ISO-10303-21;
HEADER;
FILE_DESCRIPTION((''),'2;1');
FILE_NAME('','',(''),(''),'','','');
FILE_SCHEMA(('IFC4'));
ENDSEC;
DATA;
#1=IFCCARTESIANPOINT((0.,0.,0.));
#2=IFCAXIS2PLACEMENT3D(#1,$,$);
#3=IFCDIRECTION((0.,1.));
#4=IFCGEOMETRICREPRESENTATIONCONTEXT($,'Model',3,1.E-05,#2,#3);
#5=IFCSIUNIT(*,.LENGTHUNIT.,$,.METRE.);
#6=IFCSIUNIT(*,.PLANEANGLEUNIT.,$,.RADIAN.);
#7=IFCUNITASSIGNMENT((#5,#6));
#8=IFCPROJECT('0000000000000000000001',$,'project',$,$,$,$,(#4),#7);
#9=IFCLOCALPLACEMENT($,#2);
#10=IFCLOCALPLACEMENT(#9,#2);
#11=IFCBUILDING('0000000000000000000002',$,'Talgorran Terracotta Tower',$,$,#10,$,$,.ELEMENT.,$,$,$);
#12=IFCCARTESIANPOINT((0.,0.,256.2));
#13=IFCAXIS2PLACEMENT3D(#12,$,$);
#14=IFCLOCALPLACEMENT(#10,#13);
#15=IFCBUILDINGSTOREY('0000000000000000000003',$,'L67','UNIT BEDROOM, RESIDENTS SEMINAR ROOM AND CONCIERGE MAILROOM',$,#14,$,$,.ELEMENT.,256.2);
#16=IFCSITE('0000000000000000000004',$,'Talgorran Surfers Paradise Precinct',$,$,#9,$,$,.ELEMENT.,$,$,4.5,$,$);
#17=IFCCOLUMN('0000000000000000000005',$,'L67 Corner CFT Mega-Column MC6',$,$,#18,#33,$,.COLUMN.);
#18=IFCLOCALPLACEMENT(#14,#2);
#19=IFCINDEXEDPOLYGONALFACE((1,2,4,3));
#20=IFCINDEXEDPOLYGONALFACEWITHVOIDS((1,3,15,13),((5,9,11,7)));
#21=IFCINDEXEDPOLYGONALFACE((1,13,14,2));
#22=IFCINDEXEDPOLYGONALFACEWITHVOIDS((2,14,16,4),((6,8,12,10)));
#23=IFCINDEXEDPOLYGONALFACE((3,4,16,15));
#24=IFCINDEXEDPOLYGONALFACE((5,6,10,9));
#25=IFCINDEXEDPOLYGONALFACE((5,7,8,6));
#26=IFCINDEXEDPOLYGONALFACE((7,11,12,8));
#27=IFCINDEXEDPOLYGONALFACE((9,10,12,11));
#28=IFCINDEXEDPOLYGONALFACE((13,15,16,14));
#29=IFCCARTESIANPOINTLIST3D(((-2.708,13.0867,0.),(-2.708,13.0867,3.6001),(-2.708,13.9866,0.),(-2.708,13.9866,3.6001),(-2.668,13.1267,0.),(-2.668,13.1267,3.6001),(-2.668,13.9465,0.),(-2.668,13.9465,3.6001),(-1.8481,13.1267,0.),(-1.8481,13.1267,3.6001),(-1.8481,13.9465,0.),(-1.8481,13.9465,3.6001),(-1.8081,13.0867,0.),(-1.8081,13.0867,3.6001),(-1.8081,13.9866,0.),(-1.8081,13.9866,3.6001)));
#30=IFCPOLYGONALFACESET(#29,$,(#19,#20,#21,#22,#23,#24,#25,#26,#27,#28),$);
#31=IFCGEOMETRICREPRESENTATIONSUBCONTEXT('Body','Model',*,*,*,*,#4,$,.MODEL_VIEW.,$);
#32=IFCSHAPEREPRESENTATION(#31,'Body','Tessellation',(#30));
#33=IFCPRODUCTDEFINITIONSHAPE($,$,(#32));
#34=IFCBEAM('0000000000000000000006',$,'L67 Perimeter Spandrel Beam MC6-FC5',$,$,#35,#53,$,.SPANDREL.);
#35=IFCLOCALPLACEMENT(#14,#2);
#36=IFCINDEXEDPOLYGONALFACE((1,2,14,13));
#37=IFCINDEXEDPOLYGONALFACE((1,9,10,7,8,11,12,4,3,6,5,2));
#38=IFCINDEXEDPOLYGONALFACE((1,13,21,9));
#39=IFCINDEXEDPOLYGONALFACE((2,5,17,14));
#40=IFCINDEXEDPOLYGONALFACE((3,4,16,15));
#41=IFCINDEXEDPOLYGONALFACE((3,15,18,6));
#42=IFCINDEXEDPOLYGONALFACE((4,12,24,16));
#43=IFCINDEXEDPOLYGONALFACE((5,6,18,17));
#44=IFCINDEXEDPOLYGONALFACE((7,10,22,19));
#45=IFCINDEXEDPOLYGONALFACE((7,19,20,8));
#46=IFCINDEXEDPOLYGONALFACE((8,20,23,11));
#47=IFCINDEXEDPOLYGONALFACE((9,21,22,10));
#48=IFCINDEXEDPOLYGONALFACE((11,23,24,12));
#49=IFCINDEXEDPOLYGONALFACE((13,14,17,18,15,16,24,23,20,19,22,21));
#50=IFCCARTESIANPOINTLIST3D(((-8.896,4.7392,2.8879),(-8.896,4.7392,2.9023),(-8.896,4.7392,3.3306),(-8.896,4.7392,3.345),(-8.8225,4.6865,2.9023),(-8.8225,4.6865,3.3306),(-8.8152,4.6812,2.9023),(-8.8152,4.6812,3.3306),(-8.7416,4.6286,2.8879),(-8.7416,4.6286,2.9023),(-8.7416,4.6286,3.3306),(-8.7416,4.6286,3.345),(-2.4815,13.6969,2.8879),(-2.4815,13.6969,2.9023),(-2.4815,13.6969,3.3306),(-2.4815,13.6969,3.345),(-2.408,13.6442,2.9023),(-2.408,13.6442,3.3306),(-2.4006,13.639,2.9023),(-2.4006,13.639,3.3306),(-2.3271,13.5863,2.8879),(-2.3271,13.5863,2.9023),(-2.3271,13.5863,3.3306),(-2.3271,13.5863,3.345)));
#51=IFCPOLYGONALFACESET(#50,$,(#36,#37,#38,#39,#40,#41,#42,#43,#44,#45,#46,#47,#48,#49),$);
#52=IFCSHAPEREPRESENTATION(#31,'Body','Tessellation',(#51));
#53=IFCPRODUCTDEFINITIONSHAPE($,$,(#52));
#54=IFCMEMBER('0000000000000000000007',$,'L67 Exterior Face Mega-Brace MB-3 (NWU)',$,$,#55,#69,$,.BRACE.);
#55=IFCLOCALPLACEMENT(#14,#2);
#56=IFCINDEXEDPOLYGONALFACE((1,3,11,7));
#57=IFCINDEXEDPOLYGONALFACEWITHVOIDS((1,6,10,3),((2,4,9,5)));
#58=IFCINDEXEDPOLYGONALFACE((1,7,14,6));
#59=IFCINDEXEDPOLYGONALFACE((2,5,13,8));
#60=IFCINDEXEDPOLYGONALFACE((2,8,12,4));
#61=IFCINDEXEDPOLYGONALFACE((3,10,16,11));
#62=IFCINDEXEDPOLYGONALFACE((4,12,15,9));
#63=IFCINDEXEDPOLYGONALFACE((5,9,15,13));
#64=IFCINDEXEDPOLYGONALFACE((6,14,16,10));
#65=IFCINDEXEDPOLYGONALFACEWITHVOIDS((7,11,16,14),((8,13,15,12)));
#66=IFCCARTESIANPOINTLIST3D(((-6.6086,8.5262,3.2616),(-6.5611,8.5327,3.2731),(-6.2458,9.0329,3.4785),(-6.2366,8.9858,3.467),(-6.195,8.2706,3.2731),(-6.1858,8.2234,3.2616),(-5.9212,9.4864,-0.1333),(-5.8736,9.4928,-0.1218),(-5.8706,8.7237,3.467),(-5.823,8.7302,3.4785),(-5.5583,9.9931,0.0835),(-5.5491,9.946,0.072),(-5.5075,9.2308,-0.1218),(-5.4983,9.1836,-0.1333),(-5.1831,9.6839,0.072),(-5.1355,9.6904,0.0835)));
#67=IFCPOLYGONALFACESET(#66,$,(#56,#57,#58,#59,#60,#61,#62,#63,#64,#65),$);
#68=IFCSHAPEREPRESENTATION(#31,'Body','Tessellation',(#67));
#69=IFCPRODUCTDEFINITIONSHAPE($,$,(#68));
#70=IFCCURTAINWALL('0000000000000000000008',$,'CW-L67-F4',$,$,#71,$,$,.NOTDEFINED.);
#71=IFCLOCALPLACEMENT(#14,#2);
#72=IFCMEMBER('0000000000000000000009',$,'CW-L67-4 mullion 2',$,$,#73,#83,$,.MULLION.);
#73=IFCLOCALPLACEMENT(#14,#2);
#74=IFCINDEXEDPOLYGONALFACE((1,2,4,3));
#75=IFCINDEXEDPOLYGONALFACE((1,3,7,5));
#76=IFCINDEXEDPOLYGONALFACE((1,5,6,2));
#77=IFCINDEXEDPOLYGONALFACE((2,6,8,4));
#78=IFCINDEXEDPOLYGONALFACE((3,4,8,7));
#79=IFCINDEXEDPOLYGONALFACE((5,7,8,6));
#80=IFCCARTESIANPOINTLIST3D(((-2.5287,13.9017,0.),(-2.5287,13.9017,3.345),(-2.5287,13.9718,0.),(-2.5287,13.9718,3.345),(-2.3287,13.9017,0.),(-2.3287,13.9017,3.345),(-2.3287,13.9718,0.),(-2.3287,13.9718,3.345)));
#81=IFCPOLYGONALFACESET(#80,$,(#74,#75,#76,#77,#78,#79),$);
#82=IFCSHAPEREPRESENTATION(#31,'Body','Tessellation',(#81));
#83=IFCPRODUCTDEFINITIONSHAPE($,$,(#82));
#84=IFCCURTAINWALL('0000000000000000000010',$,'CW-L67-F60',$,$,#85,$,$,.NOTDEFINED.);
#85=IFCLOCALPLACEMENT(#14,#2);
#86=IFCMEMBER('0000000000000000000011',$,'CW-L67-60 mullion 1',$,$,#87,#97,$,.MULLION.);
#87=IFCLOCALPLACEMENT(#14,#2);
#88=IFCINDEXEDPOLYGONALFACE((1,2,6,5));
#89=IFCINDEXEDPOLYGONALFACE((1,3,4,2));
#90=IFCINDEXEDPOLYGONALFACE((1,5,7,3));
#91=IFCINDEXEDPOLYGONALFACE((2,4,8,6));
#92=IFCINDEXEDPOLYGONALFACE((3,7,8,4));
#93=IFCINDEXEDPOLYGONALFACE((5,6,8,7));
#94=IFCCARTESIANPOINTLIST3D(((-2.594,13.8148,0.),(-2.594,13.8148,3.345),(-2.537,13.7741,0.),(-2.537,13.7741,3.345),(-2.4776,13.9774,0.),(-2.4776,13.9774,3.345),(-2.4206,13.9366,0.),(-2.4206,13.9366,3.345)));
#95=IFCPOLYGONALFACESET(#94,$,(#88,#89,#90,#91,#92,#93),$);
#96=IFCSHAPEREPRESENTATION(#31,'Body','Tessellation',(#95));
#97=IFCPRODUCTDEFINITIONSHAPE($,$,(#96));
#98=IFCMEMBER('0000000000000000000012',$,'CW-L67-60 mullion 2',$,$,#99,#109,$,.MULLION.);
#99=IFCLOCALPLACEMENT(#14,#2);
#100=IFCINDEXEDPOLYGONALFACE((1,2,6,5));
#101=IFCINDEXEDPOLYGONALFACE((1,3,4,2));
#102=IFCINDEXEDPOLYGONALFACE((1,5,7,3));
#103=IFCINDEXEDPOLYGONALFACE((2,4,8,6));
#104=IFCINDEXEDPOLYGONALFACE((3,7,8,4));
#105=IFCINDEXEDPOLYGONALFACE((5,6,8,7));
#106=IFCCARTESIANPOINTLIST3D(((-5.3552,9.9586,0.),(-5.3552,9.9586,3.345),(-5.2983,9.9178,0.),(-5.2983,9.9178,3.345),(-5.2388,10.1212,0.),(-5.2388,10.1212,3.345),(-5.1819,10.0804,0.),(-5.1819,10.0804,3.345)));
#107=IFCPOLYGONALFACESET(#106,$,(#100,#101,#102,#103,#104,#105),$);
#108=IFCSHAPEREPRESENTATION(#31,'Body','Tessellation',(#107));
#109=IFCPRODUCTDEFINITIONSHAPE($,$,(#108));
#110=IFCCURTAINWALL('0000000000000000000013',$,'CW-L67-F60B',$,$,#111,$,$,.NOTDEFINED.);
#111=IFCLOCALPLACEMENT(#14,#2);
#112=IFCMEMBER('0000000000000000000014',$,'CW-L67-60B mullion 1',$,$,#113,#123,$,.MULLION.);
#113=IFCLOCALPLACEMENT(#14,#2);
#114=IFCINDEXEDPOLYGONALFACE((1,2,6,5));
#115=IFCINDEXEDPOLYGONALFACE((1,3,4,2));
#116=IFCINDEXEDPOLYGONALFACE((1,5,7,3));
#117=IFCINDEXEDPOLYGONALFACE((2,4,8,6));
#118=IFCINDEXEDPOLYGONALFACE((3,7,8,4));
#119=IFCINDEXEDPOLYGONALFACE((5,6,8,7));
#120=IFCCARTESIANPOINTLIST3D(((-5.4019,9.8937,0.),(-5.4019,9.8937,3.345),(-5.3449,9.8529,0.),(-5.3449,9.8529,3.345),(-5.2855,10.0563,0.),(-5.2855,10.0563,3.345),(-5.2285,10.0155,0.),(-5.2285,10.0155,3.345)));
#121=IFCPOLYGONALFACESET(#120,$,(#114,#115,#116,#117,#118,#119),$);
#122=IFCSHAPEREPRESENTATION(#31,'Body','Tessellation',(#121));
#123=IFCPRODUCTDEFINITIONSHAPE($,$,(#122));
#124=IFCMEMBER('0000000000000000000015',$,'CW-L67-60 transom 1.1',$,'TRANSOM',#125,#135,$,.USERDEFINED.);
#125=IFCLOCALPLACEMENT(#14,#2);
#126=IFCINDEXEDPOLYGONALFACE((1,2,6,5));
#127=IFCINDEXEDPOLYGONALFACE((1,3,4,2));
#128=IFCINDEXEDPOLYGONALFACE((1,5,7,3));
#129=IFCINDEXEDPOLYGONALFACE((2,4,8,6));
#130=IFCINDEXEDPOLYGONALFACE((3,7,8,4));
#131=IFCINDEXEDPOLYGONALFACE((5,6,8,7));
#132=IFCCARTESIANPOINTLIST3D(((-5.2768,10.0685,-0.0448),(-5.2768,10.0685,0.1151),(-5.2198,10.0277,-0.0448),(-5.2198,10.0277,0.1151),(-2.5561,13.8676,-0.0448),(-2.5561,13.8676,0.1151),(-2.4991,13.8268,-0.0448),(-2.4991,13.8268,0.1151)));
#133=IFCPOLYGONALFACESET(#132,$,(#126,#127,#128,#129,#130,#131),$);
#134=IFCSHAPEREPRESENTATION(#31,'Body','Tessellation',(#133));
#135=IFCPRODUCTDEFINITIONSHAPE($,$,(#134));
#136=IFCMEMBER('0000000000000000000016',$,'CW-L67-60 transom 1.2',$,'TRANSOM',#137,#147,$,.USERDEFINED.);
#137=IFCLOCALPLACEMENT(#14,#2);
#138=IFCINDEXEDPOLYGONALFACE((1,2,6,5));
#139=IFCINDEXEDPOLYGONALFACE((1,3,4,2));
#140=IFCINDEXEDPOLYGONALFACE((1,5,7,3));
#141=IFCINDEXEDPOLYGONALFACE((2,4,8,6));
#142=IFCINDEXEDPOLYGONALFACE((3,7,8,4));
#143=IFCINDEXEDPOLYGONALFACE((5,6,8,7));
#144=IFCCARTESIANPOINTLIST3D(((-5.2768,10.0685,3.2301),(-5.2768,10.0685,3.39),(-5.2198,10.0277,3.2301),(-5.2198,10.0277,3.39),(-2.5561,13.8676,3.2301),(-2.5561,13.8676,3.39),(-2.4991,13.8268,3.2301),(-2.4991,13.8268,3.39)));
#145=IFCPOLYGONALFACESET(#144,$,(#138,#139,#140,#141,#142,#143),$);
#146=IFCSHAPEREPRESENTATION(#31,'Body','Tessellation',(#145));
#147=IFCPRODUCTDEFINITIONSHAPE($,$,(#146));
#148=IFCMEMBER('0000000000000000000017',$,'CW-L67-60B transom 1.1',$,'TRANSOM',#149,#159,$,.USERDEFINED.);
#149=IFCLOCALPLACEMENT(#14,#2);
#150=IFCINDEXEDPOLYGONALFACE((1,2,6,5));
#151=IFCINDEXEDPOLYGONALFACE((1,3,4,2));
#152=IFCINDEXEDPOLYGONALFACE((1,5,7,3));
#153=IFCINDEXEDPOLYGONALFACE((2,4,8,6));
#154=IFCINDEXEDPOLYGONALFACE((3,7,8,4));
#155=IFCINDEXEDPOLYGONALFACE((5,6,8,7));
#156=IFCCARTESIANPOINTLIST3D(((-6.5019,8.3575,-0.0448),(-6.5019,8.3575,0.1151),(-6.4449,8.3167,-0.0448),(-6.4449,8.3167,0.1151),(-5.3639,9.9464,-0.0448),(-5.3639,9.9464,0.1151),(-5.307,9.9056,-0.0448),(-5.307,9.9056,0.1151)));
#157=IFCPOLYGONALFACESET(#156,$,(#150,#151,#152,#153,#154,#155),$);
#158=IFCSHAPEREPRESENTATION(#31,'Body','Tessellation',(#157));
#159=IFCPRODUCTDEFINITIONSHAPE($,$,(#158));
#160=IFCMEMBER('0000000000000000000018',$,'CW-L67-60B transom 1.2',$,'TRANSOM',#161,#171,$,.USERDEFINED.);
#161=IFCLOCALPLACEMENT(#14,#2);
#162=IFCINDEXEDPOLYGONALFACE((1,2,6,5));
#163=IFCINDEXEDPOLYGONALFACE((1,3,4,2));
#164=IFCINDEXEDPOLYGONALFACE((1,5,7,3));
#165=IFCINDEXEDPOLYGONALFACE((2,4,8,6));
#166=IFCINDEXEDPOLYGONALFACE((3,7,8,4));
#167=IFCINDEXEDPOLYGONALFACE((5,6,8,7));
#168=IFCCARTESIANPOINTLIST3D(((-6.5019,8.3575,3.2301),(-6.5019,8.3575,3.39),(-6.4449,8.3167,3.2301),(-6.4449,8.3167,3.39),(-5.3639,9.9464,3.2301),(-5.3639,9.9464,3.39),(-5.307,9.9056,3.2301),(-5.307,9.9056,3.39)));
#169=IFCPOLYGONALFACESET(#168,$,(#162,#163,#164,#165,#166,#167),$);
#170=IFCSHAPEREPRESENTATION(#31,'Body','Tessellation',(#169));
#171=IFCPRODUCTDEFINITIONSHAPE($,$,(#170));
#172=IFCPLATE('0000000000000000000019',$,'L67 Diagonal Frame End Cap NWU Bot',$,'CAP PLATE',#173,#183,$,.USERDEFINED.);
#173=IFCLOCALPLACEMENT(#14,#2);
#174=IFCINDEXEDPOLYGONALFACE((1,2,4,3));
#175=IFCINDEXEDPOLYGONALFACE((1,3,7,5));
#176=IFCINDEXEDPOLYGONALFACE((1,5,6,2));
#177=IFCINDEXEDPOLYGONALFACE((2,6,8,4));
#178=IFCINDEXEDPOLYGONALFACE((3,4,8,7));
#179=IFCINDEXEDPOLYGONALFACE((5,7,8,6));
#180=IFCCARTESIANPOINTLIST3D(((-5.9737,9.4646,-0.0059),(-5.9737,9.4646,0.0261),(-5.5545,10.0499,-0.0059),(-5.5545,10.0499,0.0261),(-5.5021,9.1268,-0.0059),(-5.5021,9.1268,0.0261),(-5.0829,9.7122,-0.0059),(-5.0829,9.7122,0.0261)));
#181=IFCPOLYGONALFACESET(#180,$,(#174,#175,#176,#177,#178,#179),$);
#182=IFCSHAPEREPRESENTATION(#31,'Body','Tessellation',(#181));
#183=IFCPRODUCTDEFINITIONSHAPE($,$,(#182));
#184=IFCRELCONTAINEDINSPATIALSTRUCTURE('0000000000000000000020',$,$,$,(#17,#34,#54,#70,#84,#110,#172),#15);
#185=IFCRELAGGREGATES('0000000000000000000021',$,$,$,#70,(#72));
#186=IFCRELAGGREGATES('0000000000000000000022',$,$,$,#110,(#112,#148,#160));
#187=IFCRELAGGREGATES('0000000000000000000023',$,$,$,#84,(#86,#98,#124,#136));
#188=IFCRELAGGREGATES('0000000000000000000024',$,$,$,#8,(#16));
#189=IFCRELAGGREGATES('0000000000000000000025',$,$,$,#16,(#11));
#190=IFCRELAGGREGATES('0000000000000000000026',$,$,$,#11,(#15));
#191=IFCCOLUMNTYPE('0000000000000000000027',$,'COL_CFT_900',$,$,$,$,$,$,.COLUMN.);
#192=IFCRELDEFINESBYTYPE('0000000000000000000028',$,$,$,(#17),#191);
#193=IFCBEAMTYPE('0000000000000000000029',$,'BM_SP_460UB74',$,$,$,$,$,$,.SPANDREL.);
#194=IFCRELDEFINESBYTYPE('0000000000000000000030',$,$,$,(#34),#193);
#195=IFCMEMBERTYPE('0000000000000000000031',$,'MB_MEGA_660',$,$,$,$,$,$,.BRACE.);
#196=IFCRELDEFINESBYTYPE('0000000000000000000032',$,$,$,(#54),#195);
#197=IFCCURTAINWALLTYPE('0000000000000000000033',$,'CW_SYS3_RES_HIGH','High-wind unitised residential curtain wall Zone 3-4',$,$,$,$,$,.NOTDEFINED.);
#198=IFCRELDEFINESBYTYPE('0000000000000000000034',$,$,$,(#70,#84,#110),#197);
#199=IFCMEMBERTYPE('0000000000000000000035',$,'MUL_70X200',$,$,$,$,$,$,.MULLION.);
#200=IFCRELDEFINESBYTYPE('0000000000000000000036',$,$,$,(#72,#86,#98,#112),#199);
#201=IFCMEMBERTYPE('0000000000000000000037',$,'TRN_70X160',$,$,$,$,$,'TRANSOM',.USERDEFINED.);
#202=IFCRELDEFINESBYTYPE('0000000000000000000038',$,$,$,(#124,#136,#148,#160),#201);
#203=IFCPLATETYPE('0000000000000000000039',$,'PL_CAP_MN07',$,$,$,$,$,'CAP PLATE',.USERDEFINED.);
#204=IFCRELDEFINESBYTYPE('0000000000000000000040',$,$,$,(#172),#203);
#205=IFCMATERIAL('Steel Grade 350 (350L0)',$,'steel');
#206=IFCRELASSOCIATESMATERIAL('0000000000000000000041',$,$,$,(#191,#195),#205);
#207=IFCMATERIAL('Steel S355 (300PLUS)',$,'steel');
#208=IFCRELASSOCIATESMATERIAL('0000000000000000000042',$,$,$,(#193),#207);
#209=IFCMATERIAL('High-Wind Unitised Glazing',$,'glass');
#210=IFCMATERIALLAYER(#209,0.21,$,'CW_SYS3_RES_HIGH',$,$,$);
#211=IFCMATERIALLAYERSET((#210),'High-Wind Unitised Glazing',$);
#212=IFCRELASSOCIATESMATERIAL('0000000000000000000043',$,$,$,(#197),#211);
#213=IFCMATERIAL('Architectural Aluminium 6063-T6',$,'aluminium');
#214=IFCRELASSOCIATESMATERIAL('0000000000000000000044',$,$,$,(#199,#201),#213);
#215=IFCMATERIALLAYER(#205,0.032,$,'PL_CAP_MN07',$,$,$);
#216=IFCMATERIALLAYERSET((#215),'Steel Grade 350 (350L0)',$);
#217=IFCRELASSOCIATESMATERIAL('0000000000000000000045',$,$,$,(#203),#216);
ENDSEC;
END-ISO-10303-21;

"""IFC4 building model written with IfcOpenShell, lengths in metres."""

from ifc_helpers import new_model, si_unit, direction, frame, origin, origin_2d, place, context, subcontext, project, spatial, rectangle, hollow_rectangle, i_section, extrude, material, layer, layer_set, material_profile, profile_set, type_object, element, aggregate, save


model = new_model("IFC4")

# Units and contexts
model_context = context("Model", 3, precision=1e-05, world=origin(), true_north=direction((0.0, 1.0)))
body_context = subcontext(model_context, "Body", "Model", "MODEL_VIEW")
ifc_project = project(units=[si_unit("LENGTHUNIT", "METRE"), si_unit("PLANEANGLEUNIT", "RADIAN")], contexts=[model_context])

# Site, building, storey
site_placement = place(None, origin())
site = spatial("IfcSite", under=ifc_project, at=site_placement, Name="Talgorran Surfers Paradise Precinct", CompositionType="ELEMENT", RefElevation=4.5)
building_placement = place(site_placement, origin())
building = spatial("IfcBuilding", under=site, at=building_placement, Name="Talgorran Terracotta Tower", CompositionType="ELEMENT")
storey_placement = place(building_placement, frame((0.0, 0.0, 256.2)))
storey = spatial("IfcBuildingStorey", under=building, at=storey_placement, Name="L67", Description="UNIT BEDROOM, RESIDENTS SEMINAR ROOM AND CONCIERGE MAILROOM", CompositionType="ELEMENT", Elevation=256.2)

# Column
ifc_material_1 = material(Name="Steel Grade 350 (350L0)", Category="steel")
ifc_material_profile_1 = material_profile(ifc_material_1, hollow_rectangle(XDim=0.8999, YDim=0.8999, WallThickness=0.04, at=origin_2d()), Name="CFT900X900X40")
ifc_profile_set_1 = profile_set([ifc_material_profile_1], Name="Steel Grade 350 (350L0)")
column_type = type_object("IfcColumnType", Name="COL_CFT_900", PredefinedType="COLUMN", material=ifc_profile_set_1)
column_placement = place(storey_placement, frame((-2.2581, 13.5366, 0.0), z_axis=(0.0, 0.0, 1.0), x_axis=(1.0, 0.0, 0.0)))
element("IfcColumn", 1, at=column_placement, inside=storey, type_object=column_type, Name="L67 Corner CFT Mega-Column MC6", PredefinedType="COLUMN", context=body_context, shape_type="SweptSolid", body=[
    extrude(hollow_rectangle(XDim=0.8999, YDim=0.8999, WallThickness=0.04, at=origin_2d()), origin(), (0.0, 0.0, 1.0), 3.6001),
])

# Beam
ifc_material_2 = material(Name="Steel S355 (300PLUS)", Category="steel")
ifc_material_profile_2 = material_profile(ifc_material_2, i_section(OverallWidth=0.1899, OverallDepth=0.457, WebThickness=0.009, FlangeThickness=0.0144, at=origin_2d()), Name="460UB74.6")
ifc_profile_set_2 = profile_set([ifc_material_profile_2], Name="Steel S355 (300PLUS)")
beam_type = type_object("IfcBeamType", Name="BM_SP_460UB74", PredefinedType="SPANDREL", material=ifc_profile_set_2)
beam_placement = place(storey_placement, frame((-2.4043, 13.6416, 3.1165), z_axis=(-0.582208, -0.81304, 0.0), x_axis=(0.81304, -0.582208, 0.0)))
element("IfcBeam", 2, at=beam_placement, inside=storey, type_object=beam_type, Name="L67 Perimeter Spandrel Beam MC6-FC5", PredefinedType="SPANDREL", context=body_context, shape_type="SweptSolid", body=[
    extrude(i_section(OverallWidth=0.1899, OverallDepth=0.457, WebThickness=0.009, FlangeThickness=0.0144, at=origin_2d()), origin(), (0.0, 0.0, 1.0), 11.0176),
])

# Member
ifc_material_profile_3 = material_profile(ifc_material_1, hollow_rectangle(XDim=0.52, YDim=0.6599, WallThickness=0.0349, at=origin_2d()), Name="WBOX660X520X35")
ifc_profile_set_3 = profile_set([ifc_material_profile_3], Name="Steel Grade 350 (350L0)")
member_type_1 = type_object("IfcMemberType", Name="MB_MEGA_660", PredefinedType="BRACE", material=ifc_profile_set_3)
member_1_placement = place(storey_placement, frame((-5.5283, 9.5884, -0.0249), z_axis=(-0.191262, -0.267128, 0.94449), x_axis=(0.813076, -0.582157, 0.0)))
element("IfcMember", 3, at=member_1_placement, inside=storey, type_object=member_type_1, Name="L67 Exterior Face Mega-Brace MB-3 (NWU)", PredefinedType="BRACE", context=body_context, shape_type="SweptSolid", body=[
    extrude(hollow_rectangle(XDim=0.52, YDim=0.6599, WallThickness=0.0349, at=origin_2d()), origin(), (0.0, 0.0, 1.0), 3.5945),
])

# Curtain wall, member
ifc_material_3 = material(Name="High-Wind Unitised Glazing", Category="glass")
ifc_layer_1 = layer(ifc_material_3, 0.21, Name="CW_SYS3_RES_HIGH")
ifc_layer_set_1 = layer_set([ifc_layer_1], Name="High-Wind Unitised Glazing")
curtain_wall_type = type_object("IfcCurtainWallType", Name="CW_SYS3_RES_HIGH", Description="High-wind unitised residential curtain wall Zone 3-4", PredefinedType="NOTDEFINED", material=ifc_layer_set_1)
curtain_wall_1_placement = place(storey_placement, origin())
curtain_wall_1 = element("IfcCurtainWall", 4, at=curtain_wall_1_placement, inside=storey, type_object=curtain_wall_type, Name="CW-L67-F4", PredefinedType="NOTDEFINED")
ifc_material_4 = material(Name="Architectural Aluminium 6063-T6", Category="aluminium")
ifc_material_profile_4 = material_profile(ifc_material_4, rectangle(XDim=0.0701, YDim=0.2, at=origin_2d()), Name="CWM70X200")
ifc_profile_set_4 = profile_set([ifc_material_profile_4], Name="Architectural Aluminium 6063-T6")
member_type_2 = type_object("IfcMemberType", Name="MUL_70X200", PredefinedType="MULLION", material=ifc_profile_set_4)
member_2_placement = place(storey_placement, frame((-2.4287, 13.9368, 0.0), z_axis=(0.0, 0.0, 1.0), x_axis=(0.0, -1.0, 0.0)))
member_2 = element("IfcMember", 5, at=member_2_placement, type_object=member_type_2, Name="CW-L67-4 mullion 2", PredefinedType="MULLION", context=body_context, shape_type="SweptSolid", body=[
    extrude(rectangle(XDim=0.0701, YDim=0.2, at=origin_2d()), origin(), (0.0, 0.0, 1.0), 3.345),
])
aggregate(curtain_wall_1, [member_2])

# Curtain wall, members
curtain_wall_2_placement = place(storey_placement, origin())
curtain_wall_2 = element("IfcCurtainWall", 6, at=curtain_wall_2_placement, inside=storey, type_object=curtain_wall_type, Name="CW-L67-F60", PredefinedType="NOTDEFINED")
member_3_placement = place(storey_placement, frame((-2.5073, 13.8757, 0.0), z_axis=(0.0, 0.0, 1.0), x_axis=(0.813042, -0.582205, 0.0)))
member_3 = element("IfcMember", 7, at=member_3_placement, type_object=member_type_2, Name="CW-L67-60 mullion 1", PredefinedType="MULLION", context=body_context, shape_type="SweptSolid", body=[
    extrude(rectangle(XDim=0.0701, YDim=0.2, at=origin_2d()), origin(), (0.0, 0.0, 1.0), 3.345),
])
member_4_placement = place(storey_placement, frame((-5.2686, 10.0195, 0.0), z_axis=(0.0, 0.0, 1.0), x_axis=(0.813042, -0.582205, 0.0)))
member_4 = element("IfcMember", 8, at=member_4_placement, type_object=member_type_2, Name="CW-L67-60 mullion 2", PredefinedType="MULLION", context=body_context, shape_type="SweptSolid", body=[
    extrude(rectangle(XDim=0.0701, YDim=0.2, at=origin_2d()), origin(), (0.0, 0.0, 1.0), 3.345),
])

# Curtain wall, member
curtain_wall_3_placement = place(storey_placement, origin())
curtain_wall_3 = element("IfcCurtainWall", 9, at=curtain_wall_3_placement, inside=storey, type_object=curtain_wall_type, Name="CW-L67-F60B", PredefinedType="NOTDEFINED")
member_5_placement = place(storey_placement, frame((-5.3152, 9.9546, 0.0), z_axis=(0.0, 0.0, 1.0), x_axis=(0.81303, -0.582222, 0.0)))
member_5 = element("IfcMember", 10, at=member_5_placement, type_object=member_type_2, Name="CW-L67-60B mullion 1", PredefinedType="MULLION", context=body_context, shape_type="SweptSolid", body=[
    extrude(rectangle(XDim=0.0701, YDim=0.2, at=origin_2d()), origin(), (0.0, 0.0, 1.0), 3.345),
])

# Members
ifc_material_profile_5 = material_profile(ifc_material_4, rectangle(XDim=0.0701, YDim=0.1599, at=origin_2d()), Name="CWT70X160")
ifc_profile_set_5 = profile_set([ifc_material_profile_5], Name="Architectural Aluminium 6063-T6")
member_type_3 = type_object("IfcMemberType", Name="TRN_70X160", ElementType="TRANSOM", PredefinedType="USERDEFINED", material=ifc_profile_set_5)
member_6_placement = place(storey_placement, frame((-2.5276, 13.8472, 0.0352), z_axis=(-0.582241, -0.813016, 0.0), x_axis=(0.813016, -0.582241, 0.0)))
member_6 = element("IfcMember", 11, at=member_6_placement, type_object=member_type_3, Name="CW-L67-60 transom 1.1", ObjectType="TRANSOM", PredefinedType="USERDEFINED", context=body_context, shape_type="SweptSolid", body=[
    extrude(rectangle(XDim=0.0701, YDim=0.1599, at=origin_2d()), origin(), (0.0, 0.0, 1.0), 4.6729),
])
member_7_placement = place(storey_placement, frame((-2.5276, 13.8472, 3.3101), z_axis=(-0.582241, -0.813016, 0.0), x_axis=(0.813016, -0.582241, 0.0)))
member_7 = element("IfcMember", 12, at=member_7_placement, type_object=member_type_3, Name="CW-L67-60 transom 1.2", ObjectType="TRANSOM", PredefinedType="USERDEFINED", context=body_context, shape_type="SweptSolid", body=[
    extrude(rectangle(XDim=0.0701, YDim=0.1599, at=origin_2d()), origin(), (0.0, 0.0, 1.0), 4.6729),
])
member_8_placement = place(storey_placement, frame((-5.3354, 9.926, 0.0352), z_axis=(-0.582266, -0.812998, 0.0), x_axis=(0.812998, -0.582266, 0.0)))
member_8 = element("IfcMember", 13, at=member_8_placement, type_object=member_type_3, Name="CW-L67-60B transom 1.1", ObjectType="TRANSOM", PredefinedType="USERDEFINED", context=body_context, shape_type="SweptSolid", body=[
    extrude(rectangle(XDim=0.0701, YDim=0.1599, at=origin_2d()), origin(), (0.0, 0.0, 1.0), 1.9543),
])
member_9_placement = place(storey_placement, frame((-5.3354, 9.926, 3.3101), z_axis=(-0.582266, -0.812998, 0.0), x_axis=(0.812998, -0.582266, 0.0)))
member_9 = element("IfcMember", 14, at=member_9_placement, type_object=member_type_3, Name="CW-L67-60B transom 1.2", ObjectType="TRANSOM", PredefinedType="USERDEFINED", context=body_context, shape_type="SweptSolid", body=[
    extrude(rectangle(XDim=0.0701, YDim=0.1599, at=origin_2d()), origin(), (0.0, 0.0, 1.0), 1.9543),
])

# Plate
ifc_layer_2 = layer(ifc_material_1, 0.032, Name="PL_CAP_MN07")
ifc_layer_set_2 = layer_set([ifc_layer_2], Name="Steel Grade 350 (350L0)")
plate_type_1 = type_object("IfcPlateType", Name="PL_CAP_MN07", ElementType="CAP PLATE", PredefinedType="USERDEFINED", material=ifc_layer_set_2)
for number, where, z_axis, x_axis, name in (
    (15, (-5.5283, 9.5884, -0.0059), (0.0, 0.0, 1.0), (-0.582265, -0.812999, 0.0), "L67 Diagonal Frame End Cap NWU Bot"),
):
    element("IfcPlate", number, at=place(storey_placement, frame(where, z_axis=z_axis, x_axis=x_axis)), inside=storey, type_object=plate_type_1, Name=name, ObjectType="CAP PLATE", PredefinedType="USERDEFINED", context=body_context, shape_type="SweptSolid", body=[
        extrude(rectangle(XDim=0.72, YDim=0.5801, at=origin_2d()), origin(), (0.0, 0.0, 1.0), 0.032),
    ])

aggregate(curtain_wall_3, [member_5, member_8, member_9])
aggregate(curtain_wall_2, [member_3, member_4, member_6, member_7])

save(model, "model.ifc")
